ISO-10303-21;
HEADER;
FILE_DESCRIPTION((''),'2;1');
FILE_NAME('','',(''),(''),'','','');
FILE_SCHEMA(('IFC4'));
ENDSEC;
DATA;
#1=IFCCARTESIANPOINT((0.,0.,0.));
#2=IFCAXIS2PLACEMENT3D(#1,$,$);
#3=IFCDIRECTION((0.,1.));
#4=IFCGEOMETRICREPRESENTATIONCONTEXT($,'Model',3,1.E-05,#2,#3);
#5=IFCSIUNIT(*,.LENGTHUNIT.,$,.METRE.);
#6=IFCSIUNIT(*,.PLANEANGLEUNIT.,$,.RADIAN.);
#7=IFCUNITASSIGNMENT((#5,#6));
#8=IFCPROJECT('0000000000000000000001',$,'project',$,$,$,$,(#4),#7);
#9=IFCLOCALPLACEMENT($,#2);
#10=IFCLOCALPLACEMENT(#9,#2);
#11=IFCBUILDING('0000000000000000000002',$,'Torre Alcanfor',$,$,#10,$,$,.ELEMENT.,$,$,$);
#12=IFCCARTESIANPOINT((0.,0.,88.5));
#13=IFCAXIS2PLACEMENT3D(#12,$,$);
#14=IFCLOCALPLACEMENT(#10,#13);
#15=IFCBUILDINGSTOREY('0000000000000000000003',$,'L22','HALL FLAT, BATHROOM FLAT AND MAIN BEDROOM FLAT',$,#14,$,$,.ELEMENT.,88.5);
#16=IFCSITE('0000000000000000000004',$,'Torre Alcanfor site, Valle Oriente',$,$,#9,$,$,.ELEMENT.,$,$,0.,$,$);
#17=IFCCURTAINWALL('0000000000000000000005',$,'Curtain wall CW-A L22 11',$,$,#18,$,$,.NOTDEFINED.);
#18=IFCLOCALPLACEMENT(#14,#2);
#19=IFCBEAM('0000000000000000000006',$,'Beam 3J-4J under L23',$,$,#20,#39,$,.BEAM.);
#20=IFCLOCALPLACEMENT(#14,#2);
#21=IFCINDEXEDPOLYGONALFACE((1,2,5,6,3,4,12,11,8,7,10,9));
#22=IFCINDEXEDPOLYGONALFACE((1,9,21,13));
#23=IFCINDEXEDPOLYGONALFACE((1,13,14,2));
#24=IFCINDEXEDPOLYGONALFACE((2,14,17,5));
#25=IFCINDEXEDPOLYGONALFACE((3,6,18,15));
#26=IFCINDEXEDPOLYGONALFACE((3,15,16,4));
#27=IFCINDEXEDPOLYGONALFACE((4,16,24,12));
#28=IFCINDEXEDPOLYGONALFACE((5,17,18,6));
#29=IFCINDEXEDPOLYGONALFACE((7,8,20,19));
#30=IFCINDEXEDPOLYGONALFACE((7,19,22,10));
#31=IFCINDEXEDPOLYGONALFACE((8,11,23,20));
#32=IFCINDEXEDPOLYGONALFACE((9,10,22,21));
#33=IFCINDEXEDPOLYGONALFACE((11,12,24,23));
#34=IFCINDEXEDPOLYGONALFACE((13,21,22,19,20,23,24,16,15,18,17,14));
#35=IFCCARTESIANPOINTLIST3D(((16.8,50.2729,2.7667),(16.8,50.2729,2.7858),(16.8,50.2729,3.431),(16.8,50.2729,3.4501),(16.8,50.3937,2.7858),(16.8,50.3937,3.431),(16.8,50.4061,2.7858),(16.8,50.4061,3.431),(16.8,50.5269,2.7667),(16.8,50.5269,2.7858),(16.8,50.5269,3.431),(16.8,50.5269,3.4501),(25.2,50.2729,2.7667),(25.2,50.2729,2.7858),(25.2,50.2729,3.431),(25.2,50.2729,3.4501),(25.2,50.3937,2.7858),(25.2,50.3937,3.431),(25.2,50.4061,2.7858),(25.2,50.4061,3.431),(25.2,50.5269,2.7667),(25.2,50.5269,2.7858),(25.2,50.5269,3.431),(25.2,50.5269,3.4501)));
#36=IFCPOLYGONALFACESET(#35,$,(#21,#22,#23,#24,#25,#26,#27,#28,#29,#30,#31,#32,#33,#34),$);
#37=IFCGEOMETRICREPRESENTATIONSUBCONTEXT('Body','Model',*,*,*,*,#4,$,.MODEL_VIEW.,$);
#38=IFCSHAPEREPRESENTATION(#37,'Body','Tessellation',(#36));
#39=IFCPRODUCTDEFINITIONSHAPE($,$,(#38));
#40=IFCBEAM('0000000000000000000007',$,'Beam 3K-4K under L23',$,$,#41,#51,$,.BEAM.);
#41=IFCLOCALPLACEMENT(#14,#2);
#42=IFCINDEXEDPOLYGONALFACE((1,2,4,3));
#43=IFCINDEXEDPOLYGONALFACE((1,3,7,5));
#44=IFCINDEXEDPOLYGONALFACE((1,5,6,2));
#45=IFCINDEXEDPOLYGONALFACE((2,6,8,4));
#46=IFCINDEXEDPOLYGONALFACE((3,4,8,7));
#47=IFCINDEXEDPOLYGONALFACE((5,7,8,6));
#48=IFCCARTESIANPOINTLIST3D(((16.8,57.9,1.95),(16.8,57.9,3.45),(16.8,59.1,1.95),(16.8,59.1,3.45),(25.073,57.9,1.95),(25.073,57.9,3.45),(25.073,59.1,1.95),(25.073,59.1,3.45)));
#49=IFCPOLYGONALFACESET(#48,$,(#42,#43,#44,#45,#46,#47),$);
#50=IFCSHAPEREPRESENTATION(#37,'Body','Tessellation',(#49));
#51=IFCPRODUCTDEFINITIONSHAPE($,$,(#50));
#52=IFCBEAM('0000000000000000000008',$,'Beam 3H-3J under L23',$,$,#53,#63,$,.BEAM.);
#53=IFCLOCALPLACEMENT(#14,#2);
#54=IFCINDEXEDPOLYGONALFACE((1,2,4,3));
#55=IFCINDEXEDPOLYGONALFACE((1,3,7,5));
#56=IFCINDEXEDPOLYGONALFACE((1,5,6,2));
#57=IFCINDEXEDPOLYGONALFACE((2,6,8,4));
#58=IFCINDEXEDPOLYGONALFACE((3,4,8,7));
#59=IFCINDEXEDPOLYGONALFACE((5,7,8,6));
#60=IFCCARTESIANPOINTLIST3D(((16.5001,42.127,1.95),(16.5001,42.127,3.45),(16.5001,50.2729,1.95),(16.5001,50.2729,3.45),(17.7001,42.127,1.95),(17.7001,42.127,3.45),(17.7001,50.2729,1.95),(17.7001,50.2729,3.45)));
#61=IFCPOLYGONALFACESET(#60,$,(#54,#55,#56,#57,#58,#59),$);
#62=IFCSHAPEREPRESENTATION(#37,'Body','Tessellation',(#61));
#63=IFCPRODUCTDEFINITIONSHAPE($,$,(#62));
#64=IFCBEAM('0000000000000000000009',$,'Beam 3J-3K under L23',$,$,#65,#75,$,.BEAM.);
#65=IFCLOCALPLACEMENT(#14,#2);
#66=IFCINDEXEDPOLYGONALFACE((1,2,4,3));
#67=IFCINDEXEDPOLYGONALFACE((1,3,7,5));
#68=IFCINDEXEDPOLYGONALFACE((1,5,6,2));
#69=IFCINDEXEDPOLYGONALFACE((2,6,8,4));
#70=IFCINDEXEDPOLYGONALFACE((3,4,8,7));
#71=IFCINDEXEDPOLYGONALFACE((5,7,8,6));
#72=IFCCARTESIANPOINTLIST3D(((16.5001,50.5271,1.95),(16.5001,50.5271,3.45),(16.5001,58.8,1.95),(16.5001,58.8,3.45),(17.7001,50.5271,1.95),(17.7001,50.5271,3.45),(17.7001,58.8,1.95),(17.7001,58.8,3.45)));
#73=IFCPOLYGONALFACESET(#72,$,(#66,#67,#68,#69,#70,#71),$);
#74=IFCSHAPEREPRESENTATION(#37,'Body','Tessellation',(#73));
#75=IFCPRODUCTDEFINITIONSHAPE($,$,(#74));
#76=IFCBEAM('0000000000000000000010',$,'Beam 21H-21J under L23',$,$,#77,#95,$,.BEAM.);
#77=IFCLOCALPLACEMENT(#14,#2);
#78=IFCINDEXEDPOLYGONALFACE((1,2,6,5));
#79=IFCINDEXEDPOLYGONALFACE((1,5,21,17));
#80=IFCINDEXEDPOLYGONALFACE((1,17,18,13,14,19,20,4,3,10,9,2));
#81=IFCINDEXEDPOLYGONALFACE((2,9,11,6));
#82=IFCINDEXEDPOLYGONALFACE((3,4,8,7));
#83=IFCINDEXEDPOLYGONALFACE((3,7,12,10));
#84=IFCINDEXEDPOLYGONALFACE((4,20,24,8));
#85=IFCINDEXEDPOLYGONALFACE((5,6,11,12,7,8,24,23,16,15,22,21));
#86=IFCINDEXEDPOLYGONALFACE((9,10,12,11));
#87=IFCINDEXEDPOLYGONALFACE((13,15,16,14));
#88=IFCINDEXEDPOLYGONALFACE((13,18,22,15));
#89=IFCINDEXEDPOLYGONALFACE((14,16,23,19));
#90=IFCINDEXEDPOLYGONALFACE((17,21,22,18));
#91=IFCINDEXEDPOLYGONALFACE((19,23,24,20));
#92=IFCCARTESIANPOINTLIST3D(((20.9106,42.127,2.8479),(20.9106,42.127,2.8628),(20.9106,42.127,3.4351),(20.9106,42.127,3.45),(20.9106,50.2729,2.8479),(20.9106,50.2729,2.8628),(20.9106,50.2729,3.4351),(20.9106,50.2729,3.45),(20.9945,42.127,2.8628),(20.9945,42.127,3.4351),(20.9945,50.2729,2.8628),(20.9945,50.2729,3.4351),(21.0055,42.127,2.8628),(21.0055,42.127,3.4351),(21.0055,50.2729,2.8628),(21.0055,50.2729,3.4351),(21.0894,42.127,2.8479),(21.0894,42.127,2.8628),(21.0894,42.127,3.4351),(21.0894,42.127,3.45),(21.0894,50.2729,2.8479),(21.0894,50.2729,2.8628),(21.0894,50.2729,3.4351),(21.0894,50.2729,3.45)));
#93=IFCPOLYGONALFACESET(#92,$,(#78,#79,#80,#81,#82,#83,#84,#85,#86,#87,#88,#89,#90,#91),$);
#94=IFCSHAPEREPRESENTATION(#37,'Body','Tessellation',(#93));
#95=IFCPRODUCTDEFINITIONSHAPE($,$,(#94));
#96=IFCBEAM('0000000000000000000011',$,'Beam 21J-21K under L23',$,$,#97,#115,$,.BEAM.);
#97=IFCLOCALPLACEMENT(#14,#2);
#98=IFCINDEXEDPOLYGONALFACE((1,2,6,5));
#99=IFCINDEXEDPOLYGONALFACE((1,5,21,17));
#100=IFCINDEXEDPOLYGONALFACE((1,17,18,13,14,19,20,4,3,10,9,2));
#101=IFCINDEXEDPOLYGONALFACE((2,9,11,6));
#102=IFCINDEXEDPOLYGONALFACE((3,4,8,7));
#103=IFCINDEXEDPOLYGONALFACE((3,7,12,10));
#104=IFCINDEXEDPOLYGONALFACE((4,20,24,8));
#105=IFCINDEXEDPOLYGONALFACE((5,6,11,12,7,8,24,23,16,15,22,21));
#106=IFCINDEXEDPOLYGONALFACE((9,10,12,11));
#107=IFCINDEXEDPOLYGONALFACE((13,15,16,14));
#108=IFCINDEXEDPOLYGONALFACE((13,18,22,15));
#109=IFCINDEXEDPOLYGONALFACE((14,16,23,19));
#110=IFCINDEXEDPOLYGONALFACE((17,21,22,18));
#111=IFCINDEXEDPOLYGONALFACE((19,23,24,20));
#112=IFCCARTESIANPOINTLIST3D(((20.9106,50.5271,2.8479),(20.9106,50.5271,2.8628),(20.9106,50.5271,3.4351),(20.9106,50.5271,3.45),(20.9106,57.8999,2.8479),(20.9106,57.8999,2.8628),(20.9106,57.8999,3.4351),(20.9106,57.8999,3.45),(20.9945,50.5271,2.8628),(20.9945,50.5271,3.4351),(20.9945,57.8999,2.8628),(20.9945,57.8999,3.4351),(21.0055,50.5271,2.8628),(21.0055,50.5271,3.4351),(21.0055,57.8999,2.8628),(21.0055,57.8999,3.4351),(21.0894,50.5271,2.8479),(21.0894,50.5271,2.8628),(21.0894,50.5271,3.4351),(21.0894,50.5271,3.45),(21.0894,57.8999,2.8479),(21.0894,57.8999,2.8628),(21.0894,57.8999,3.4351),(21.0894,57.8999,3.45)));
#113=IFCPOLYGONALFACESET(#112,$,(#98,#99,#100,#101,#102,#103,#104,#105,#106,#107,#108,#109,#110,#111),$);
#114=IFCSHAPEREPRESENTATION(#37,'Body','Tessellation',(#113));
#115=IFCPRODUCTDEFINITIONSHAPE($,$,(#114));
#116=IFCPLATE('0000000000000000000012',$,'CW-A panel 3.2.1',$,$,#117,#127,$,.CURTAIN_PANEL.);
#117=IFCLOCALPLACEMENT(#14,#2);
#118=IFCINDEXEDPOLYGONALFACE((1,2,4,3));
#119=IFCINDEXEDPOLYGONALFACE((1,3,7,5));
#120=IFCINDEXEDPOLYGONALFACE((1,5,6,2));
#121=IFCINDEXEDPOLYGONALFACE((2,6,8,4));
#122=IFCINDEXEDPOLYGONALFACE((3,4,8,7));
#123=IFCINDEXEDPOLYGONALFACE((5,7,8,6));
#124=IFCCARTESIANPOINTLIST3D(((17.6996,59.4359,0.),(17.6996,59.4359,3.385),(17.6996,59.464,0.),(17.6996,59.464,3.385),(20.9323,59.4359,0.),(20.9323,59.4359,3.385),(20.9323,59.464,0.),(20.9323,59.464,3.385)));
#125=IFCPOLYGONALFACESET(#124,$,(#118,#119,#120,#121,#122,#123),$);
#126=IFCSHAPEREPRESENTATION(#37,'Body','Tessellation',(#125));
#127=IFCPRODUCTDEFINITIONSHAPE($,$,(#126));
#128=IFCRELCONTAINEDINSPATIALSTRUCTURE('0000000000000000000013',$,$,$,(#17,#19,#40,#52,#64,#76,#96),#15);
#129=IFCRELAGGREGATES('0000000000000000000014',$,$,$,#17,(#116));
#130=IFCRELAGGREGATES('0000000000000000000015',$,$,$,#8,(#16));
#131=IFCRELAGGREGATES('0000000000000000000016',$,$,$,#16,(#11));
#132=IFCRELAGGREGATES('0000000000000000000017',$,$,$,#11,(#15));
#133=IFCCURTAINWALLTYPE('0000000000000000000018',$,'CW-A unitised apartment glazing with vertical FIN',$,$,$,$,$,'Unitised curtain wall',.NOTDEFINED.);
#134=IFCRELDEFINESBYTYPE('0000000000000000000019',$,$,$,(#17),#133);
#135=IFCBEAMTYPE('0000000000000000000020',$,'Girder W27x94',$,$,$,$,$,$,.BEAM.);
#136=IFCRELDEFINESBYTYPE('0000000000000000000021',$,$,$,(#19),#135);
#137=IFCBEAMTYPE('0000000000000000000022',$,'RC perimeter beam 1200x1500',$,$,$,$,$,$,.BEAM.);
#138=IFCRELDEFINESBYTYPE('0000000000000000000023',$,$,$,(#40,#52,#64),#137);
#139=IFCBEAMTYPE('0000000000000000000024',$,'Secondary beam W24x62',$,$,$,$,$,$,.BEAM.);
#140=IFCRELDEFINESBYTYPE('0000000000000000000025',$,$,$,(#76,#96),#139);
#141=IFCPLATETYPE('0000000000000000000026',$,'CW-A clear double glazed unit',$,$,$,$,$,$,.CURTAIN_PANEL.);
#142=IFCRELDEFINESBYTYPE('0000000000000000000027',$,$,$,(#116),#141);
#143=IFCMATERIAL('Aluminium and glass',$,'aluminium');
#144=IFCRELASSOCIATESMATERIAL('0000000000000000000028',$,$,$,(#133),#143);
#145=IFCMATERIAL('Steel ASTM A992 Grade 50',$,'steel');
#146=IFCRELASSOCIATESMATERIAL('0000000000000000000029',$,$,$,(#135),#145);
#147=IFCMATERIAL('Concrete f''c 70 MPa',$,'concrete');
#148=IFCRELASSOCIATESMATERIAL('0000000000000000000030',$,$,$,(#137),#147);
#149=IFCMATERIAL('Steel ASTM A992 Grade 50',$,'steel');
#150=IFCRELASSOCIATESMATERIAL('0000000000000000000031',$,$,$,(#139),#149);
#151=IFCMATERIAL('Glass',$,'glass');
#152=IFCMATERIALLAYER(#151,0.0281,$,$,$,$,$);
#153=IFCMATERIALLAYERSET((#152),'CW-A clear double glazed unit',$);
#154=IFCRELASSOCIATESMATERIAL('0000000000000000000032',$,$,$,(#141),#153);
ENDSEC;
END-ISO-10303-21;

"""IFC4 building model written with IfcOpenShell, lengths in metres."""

from ifc_helpers import new_model, si_unit, direction, frame, origin, origin_2d, place, context, subcontext, project, spatial, rectangle, i_section, extrude, material, layer, layer_set, material_profile, profile_set, type_object, element, aggregate, save


model = new_model("IFC4")

# Units and contexts
model_context = context("Model", 3, precision=1e-05, world=origin(), true_north=direction((0.0, 1.0)))
body_context = subcontext(model_context, "Body", "Model", "MODEL_VIEW")
ifc_project = project(units=[si_unit("LENGTHUNIT", "METRE"), si_unit("PLANEANGLEUNIT", "RADIAN")], contexts=[model_context])

# Site, building, storey
site_placement = place(None, origin())
site = spatial("IfcSite", under=ifc_project, at=site_placement, Name="Torre Alcanfor site, Valle Oriente", CompositionType="ELEMENT", RefElevation=0.0)
building_placement = place(site_placement, origin())
building = spatial("IfcBuilding", under=site, at=building_placement, Name="Torre Alcanfor", CompositionType="ELEMENT")
storey_placement = place(building_placement, frame((0.0, 0.0, 88.5)))
storey = spatial("IfcBuildingStorey", under=building, at=storey_placement, Name="L22", Description="HALL FLAT, BATHROOM FLAT AND MAIN BEDROOM FLAT", CompositionType="ELEMENT", Elevation=88.5)

# Curtain wall
ifc_material_1 = material(Name="Aluminium and glass", Category="aluminium")
curtain_wall_type = type_object("IfcCurtainWallType", Name="CW-A unitised apartment glazing with vertical FIN", ElementType="Unitised curtain wall", PredefinedType="NOTDEFINED", material=ifc_material_1)
curtain_wall_placement = place(storey_placement, origin())
curtain_wall = element("IfcCurtainWall", 1, at=curtain_wall_placement, inside=storey, type_object=curtain_wall_type, Name="Curtain wall CW-A L22 11", PredefinedType="NOTDEFINED")

# Beams
ifc_material_2 = material(Name="Steel ASTM A992 Grade 50", Category="steel")
ifc_material_profile_1 = material_profile(ifc_material_2, i_section(OverallWidth=0.2539, OverallDepth=0.6833, WebThickness=0.0125, FlangeThickness=0.019, at=origin_2d()), Name="W27x94")
ifc_profile_set_1 = profile_set([ifc_material_profile_1], Name="Steel ASTM A992 Grade 50")
beam_type_1 = type_object("IfcBeamType", Name="Girder W27x94", PredefinedType="BEAM", material=ifc_profile_set_1)
for number, where, z_axis, x_axis, name in (
    (2, (16.8, 50.3999, 3.1084), (1.0, 0.0, 0.0), (0.0, 1.0, 0.0), "Beam 3J-4J under L23"),
):
    element("IfcBeam", number, at=place(storey_placement, frame(where, z_axis=z_axis, x_axis=x_axis)), inside=storey, type_object=beam_type_1, Name=name, PredefinedType="BEAM", context=body_context, shape_type="SweptSolid", body=[
        extrude(i_section(OverallWidth=0.2539, OverallDepth=0.6833, WebThickness=0.0125, FlangeThickness=0.019, at=origin_2d()), origin(), (0.0, 0.0, 1.0), 8.3999),
    ])
ifc_material_3 = material(Name="Concrete f'c 70 MPa", Category="concrete")
ifc_material_profile_2 = material_profile(ifc_material_3, rectangle(XDim=1.2, YDim=1.5, at=origin_2d()), Name="1200x1500")
ifc_profile_set_2 = profile_set([ifc_material_profile_2], Name="Concrete f'c 70 MPa")
beam_type_2 = type_object("IfcBeamType", Name="RC perimeter beam 1200x1500", PredefinedType="BEAM", material=ifc_profile_set_2)
beam_1_placement = place(storey_placement, frame((16.8, 58.5, 2.7), z_axis=(1.0, 0.0, 0.0), x_axis=(0.0, 1.0, 0.0)))
element("IfcBeam", 3, at=beam_1_placement, inside=storey, type_object=beam_type_2, Name="Beam 3K-4K under L23", PredefinedType="BEAM", context=body_context, shape_type="SweptSolid", body=[
    extrude(rectangle(XDim=1.2, YDim=1.5, at=origin_2d()), origin(), (0.0, 0.0, 1.0), 8.2729),
])
beam_2_placement = place(storey_placement, frame((17.1001, 42.127, 2.7), z_axis=(0.0, 1.0, 0.0), x_axis=(-1.0, 0.0, 0.0)))
element("IfcBeam", 4, at=beam_2_placement, inside=storey, type_object=beam_type_2, Name="Beam 3H-3J under L23", PredefinedType="BEAM", context=body_context, shape_type="SweptSolid", body=[
    extrude(rectangle(XDim=1.2, YDim=1.5, at=origin_2d()), origin(), (0.0, 0.0, 1.0), 8.146),
])
beam_3_placement = place(storey_placement, frame((17.1001, 50.5271, 2.7), z_axis=(0.0, 1.0, 0.0), x_axis=(-1.0, 0.0, 0.0)))
element("IfcBeam", 5, at=beam_3_placement, inside=storey, type_object=beam_type_2, Name="Beam 3J-3K under L23", PredefinedType="BEAM", context=body_context, shape_type="SweptSolid", body=[
    extrude(rectangle(XDim=1.2, YDim=1.5, at=origin_2d()), origin(), (0.0, 0.0, 1.0), 8.2729),
])
ifc_material_4 = material(Name="Steel ASTM A992 Grade 50", Category="steel")
ifc_material_profile_3 = material_profile(ifc_material_4, i_section(OverallWidth=0.1787, OverallDepth=0.6021, WebThickness=0.011, FlangeThickness=0.0149, at=origin_2d()), Name="W24x62")
ifc_profile_set_3 = profile_set([ifc_material_profile_3], Name="Steel ASTM A992 Grade 50")
beam_type_3 = type_object("IfcBeamType", Name="Secondary beam W24x62", PredefinedType="BEAM", material=ifc_profile_set_3)
beam_4_placement = place(storey_placement, frame((21.0, 42.127, 3.1489), z_axis=(0.0, 1.0, 0.0), x_axis=(-1.0, 0.0, 0.0)))
element("IfcBeam", 6, at=beam_4_placement, inside=storey, type_object=beam_type_3, Name="Beam 21H-21J under L23", PredefinedType="BEAM", context=body_context, shape_type="SweptSolid", body=[
    extrude(i_section(OverallWidth=0.1787, OverallDepth=0.6021, WebThickness=0.011, FlangeThickness=0.0149, at=origin_2d()), origin(), (0.0, 0.0, 1.0), 8.146),
])
beam_5_placement = place(storey_placement, frame((21.0, 50.5271, 3.1489), z_axis=(0.0, 1.0, 0.0), x_axis=(-1.0, 0.0, 0.0)))
element("IfcBeam", 7, at=beam_5_placement, inside=storey, type_object=beam_type_3, Name="Beam 21J-21K under L23", PredefinedType="BEAM", context=body_context, shape_type="SweptSolid", body=[
    extrude(i_section(OverallWidth=0.1787, OverallDepth=0.6021, WebThickness=0.011, FlangeThickness=0.0149, at=origin_2d()), origin(), (0.0, 0.0, 1.0), 7.3728),
])

# Plate
ifc_material_5 = material(Name="Glass", Category="glass")
ifc_layer_1 = layer(ifc_material_5, 0.0281)
ifc_layer_set_1 = layer_set([ifc_layer_1], Name="CW-A clear double glazed unit")
plate_type = type_object("IfcPlateType", Name="CW-A clear double glazed unit", PredefinedType="CURTAIN_PANEL", material=ifc_layer_set_1)
plate_placement = place(storey_placement, frame((19.3159, 59.45, 0.0), z_axis=(0.0, 0.0, 1.0), x_axis=(-1.0, 0.0, 0.0)))
plate = element("IfcPlate", 8, at=plate_placement, type_object=plate_type, Name="CW-A panel 3.2.1", PredefinedType="CURTAIN_PANEL", context=body_context, shape_type="SweptSolid", body=[
    extrude(rectangle(XDim=3.2327, YDim=0.0281, at=origin_2d()), origin(), (0.0, 0.0, 1.0), 3.385),
])
aggregate(curtain_wall, [plate])

save(model, "model.ifc")
